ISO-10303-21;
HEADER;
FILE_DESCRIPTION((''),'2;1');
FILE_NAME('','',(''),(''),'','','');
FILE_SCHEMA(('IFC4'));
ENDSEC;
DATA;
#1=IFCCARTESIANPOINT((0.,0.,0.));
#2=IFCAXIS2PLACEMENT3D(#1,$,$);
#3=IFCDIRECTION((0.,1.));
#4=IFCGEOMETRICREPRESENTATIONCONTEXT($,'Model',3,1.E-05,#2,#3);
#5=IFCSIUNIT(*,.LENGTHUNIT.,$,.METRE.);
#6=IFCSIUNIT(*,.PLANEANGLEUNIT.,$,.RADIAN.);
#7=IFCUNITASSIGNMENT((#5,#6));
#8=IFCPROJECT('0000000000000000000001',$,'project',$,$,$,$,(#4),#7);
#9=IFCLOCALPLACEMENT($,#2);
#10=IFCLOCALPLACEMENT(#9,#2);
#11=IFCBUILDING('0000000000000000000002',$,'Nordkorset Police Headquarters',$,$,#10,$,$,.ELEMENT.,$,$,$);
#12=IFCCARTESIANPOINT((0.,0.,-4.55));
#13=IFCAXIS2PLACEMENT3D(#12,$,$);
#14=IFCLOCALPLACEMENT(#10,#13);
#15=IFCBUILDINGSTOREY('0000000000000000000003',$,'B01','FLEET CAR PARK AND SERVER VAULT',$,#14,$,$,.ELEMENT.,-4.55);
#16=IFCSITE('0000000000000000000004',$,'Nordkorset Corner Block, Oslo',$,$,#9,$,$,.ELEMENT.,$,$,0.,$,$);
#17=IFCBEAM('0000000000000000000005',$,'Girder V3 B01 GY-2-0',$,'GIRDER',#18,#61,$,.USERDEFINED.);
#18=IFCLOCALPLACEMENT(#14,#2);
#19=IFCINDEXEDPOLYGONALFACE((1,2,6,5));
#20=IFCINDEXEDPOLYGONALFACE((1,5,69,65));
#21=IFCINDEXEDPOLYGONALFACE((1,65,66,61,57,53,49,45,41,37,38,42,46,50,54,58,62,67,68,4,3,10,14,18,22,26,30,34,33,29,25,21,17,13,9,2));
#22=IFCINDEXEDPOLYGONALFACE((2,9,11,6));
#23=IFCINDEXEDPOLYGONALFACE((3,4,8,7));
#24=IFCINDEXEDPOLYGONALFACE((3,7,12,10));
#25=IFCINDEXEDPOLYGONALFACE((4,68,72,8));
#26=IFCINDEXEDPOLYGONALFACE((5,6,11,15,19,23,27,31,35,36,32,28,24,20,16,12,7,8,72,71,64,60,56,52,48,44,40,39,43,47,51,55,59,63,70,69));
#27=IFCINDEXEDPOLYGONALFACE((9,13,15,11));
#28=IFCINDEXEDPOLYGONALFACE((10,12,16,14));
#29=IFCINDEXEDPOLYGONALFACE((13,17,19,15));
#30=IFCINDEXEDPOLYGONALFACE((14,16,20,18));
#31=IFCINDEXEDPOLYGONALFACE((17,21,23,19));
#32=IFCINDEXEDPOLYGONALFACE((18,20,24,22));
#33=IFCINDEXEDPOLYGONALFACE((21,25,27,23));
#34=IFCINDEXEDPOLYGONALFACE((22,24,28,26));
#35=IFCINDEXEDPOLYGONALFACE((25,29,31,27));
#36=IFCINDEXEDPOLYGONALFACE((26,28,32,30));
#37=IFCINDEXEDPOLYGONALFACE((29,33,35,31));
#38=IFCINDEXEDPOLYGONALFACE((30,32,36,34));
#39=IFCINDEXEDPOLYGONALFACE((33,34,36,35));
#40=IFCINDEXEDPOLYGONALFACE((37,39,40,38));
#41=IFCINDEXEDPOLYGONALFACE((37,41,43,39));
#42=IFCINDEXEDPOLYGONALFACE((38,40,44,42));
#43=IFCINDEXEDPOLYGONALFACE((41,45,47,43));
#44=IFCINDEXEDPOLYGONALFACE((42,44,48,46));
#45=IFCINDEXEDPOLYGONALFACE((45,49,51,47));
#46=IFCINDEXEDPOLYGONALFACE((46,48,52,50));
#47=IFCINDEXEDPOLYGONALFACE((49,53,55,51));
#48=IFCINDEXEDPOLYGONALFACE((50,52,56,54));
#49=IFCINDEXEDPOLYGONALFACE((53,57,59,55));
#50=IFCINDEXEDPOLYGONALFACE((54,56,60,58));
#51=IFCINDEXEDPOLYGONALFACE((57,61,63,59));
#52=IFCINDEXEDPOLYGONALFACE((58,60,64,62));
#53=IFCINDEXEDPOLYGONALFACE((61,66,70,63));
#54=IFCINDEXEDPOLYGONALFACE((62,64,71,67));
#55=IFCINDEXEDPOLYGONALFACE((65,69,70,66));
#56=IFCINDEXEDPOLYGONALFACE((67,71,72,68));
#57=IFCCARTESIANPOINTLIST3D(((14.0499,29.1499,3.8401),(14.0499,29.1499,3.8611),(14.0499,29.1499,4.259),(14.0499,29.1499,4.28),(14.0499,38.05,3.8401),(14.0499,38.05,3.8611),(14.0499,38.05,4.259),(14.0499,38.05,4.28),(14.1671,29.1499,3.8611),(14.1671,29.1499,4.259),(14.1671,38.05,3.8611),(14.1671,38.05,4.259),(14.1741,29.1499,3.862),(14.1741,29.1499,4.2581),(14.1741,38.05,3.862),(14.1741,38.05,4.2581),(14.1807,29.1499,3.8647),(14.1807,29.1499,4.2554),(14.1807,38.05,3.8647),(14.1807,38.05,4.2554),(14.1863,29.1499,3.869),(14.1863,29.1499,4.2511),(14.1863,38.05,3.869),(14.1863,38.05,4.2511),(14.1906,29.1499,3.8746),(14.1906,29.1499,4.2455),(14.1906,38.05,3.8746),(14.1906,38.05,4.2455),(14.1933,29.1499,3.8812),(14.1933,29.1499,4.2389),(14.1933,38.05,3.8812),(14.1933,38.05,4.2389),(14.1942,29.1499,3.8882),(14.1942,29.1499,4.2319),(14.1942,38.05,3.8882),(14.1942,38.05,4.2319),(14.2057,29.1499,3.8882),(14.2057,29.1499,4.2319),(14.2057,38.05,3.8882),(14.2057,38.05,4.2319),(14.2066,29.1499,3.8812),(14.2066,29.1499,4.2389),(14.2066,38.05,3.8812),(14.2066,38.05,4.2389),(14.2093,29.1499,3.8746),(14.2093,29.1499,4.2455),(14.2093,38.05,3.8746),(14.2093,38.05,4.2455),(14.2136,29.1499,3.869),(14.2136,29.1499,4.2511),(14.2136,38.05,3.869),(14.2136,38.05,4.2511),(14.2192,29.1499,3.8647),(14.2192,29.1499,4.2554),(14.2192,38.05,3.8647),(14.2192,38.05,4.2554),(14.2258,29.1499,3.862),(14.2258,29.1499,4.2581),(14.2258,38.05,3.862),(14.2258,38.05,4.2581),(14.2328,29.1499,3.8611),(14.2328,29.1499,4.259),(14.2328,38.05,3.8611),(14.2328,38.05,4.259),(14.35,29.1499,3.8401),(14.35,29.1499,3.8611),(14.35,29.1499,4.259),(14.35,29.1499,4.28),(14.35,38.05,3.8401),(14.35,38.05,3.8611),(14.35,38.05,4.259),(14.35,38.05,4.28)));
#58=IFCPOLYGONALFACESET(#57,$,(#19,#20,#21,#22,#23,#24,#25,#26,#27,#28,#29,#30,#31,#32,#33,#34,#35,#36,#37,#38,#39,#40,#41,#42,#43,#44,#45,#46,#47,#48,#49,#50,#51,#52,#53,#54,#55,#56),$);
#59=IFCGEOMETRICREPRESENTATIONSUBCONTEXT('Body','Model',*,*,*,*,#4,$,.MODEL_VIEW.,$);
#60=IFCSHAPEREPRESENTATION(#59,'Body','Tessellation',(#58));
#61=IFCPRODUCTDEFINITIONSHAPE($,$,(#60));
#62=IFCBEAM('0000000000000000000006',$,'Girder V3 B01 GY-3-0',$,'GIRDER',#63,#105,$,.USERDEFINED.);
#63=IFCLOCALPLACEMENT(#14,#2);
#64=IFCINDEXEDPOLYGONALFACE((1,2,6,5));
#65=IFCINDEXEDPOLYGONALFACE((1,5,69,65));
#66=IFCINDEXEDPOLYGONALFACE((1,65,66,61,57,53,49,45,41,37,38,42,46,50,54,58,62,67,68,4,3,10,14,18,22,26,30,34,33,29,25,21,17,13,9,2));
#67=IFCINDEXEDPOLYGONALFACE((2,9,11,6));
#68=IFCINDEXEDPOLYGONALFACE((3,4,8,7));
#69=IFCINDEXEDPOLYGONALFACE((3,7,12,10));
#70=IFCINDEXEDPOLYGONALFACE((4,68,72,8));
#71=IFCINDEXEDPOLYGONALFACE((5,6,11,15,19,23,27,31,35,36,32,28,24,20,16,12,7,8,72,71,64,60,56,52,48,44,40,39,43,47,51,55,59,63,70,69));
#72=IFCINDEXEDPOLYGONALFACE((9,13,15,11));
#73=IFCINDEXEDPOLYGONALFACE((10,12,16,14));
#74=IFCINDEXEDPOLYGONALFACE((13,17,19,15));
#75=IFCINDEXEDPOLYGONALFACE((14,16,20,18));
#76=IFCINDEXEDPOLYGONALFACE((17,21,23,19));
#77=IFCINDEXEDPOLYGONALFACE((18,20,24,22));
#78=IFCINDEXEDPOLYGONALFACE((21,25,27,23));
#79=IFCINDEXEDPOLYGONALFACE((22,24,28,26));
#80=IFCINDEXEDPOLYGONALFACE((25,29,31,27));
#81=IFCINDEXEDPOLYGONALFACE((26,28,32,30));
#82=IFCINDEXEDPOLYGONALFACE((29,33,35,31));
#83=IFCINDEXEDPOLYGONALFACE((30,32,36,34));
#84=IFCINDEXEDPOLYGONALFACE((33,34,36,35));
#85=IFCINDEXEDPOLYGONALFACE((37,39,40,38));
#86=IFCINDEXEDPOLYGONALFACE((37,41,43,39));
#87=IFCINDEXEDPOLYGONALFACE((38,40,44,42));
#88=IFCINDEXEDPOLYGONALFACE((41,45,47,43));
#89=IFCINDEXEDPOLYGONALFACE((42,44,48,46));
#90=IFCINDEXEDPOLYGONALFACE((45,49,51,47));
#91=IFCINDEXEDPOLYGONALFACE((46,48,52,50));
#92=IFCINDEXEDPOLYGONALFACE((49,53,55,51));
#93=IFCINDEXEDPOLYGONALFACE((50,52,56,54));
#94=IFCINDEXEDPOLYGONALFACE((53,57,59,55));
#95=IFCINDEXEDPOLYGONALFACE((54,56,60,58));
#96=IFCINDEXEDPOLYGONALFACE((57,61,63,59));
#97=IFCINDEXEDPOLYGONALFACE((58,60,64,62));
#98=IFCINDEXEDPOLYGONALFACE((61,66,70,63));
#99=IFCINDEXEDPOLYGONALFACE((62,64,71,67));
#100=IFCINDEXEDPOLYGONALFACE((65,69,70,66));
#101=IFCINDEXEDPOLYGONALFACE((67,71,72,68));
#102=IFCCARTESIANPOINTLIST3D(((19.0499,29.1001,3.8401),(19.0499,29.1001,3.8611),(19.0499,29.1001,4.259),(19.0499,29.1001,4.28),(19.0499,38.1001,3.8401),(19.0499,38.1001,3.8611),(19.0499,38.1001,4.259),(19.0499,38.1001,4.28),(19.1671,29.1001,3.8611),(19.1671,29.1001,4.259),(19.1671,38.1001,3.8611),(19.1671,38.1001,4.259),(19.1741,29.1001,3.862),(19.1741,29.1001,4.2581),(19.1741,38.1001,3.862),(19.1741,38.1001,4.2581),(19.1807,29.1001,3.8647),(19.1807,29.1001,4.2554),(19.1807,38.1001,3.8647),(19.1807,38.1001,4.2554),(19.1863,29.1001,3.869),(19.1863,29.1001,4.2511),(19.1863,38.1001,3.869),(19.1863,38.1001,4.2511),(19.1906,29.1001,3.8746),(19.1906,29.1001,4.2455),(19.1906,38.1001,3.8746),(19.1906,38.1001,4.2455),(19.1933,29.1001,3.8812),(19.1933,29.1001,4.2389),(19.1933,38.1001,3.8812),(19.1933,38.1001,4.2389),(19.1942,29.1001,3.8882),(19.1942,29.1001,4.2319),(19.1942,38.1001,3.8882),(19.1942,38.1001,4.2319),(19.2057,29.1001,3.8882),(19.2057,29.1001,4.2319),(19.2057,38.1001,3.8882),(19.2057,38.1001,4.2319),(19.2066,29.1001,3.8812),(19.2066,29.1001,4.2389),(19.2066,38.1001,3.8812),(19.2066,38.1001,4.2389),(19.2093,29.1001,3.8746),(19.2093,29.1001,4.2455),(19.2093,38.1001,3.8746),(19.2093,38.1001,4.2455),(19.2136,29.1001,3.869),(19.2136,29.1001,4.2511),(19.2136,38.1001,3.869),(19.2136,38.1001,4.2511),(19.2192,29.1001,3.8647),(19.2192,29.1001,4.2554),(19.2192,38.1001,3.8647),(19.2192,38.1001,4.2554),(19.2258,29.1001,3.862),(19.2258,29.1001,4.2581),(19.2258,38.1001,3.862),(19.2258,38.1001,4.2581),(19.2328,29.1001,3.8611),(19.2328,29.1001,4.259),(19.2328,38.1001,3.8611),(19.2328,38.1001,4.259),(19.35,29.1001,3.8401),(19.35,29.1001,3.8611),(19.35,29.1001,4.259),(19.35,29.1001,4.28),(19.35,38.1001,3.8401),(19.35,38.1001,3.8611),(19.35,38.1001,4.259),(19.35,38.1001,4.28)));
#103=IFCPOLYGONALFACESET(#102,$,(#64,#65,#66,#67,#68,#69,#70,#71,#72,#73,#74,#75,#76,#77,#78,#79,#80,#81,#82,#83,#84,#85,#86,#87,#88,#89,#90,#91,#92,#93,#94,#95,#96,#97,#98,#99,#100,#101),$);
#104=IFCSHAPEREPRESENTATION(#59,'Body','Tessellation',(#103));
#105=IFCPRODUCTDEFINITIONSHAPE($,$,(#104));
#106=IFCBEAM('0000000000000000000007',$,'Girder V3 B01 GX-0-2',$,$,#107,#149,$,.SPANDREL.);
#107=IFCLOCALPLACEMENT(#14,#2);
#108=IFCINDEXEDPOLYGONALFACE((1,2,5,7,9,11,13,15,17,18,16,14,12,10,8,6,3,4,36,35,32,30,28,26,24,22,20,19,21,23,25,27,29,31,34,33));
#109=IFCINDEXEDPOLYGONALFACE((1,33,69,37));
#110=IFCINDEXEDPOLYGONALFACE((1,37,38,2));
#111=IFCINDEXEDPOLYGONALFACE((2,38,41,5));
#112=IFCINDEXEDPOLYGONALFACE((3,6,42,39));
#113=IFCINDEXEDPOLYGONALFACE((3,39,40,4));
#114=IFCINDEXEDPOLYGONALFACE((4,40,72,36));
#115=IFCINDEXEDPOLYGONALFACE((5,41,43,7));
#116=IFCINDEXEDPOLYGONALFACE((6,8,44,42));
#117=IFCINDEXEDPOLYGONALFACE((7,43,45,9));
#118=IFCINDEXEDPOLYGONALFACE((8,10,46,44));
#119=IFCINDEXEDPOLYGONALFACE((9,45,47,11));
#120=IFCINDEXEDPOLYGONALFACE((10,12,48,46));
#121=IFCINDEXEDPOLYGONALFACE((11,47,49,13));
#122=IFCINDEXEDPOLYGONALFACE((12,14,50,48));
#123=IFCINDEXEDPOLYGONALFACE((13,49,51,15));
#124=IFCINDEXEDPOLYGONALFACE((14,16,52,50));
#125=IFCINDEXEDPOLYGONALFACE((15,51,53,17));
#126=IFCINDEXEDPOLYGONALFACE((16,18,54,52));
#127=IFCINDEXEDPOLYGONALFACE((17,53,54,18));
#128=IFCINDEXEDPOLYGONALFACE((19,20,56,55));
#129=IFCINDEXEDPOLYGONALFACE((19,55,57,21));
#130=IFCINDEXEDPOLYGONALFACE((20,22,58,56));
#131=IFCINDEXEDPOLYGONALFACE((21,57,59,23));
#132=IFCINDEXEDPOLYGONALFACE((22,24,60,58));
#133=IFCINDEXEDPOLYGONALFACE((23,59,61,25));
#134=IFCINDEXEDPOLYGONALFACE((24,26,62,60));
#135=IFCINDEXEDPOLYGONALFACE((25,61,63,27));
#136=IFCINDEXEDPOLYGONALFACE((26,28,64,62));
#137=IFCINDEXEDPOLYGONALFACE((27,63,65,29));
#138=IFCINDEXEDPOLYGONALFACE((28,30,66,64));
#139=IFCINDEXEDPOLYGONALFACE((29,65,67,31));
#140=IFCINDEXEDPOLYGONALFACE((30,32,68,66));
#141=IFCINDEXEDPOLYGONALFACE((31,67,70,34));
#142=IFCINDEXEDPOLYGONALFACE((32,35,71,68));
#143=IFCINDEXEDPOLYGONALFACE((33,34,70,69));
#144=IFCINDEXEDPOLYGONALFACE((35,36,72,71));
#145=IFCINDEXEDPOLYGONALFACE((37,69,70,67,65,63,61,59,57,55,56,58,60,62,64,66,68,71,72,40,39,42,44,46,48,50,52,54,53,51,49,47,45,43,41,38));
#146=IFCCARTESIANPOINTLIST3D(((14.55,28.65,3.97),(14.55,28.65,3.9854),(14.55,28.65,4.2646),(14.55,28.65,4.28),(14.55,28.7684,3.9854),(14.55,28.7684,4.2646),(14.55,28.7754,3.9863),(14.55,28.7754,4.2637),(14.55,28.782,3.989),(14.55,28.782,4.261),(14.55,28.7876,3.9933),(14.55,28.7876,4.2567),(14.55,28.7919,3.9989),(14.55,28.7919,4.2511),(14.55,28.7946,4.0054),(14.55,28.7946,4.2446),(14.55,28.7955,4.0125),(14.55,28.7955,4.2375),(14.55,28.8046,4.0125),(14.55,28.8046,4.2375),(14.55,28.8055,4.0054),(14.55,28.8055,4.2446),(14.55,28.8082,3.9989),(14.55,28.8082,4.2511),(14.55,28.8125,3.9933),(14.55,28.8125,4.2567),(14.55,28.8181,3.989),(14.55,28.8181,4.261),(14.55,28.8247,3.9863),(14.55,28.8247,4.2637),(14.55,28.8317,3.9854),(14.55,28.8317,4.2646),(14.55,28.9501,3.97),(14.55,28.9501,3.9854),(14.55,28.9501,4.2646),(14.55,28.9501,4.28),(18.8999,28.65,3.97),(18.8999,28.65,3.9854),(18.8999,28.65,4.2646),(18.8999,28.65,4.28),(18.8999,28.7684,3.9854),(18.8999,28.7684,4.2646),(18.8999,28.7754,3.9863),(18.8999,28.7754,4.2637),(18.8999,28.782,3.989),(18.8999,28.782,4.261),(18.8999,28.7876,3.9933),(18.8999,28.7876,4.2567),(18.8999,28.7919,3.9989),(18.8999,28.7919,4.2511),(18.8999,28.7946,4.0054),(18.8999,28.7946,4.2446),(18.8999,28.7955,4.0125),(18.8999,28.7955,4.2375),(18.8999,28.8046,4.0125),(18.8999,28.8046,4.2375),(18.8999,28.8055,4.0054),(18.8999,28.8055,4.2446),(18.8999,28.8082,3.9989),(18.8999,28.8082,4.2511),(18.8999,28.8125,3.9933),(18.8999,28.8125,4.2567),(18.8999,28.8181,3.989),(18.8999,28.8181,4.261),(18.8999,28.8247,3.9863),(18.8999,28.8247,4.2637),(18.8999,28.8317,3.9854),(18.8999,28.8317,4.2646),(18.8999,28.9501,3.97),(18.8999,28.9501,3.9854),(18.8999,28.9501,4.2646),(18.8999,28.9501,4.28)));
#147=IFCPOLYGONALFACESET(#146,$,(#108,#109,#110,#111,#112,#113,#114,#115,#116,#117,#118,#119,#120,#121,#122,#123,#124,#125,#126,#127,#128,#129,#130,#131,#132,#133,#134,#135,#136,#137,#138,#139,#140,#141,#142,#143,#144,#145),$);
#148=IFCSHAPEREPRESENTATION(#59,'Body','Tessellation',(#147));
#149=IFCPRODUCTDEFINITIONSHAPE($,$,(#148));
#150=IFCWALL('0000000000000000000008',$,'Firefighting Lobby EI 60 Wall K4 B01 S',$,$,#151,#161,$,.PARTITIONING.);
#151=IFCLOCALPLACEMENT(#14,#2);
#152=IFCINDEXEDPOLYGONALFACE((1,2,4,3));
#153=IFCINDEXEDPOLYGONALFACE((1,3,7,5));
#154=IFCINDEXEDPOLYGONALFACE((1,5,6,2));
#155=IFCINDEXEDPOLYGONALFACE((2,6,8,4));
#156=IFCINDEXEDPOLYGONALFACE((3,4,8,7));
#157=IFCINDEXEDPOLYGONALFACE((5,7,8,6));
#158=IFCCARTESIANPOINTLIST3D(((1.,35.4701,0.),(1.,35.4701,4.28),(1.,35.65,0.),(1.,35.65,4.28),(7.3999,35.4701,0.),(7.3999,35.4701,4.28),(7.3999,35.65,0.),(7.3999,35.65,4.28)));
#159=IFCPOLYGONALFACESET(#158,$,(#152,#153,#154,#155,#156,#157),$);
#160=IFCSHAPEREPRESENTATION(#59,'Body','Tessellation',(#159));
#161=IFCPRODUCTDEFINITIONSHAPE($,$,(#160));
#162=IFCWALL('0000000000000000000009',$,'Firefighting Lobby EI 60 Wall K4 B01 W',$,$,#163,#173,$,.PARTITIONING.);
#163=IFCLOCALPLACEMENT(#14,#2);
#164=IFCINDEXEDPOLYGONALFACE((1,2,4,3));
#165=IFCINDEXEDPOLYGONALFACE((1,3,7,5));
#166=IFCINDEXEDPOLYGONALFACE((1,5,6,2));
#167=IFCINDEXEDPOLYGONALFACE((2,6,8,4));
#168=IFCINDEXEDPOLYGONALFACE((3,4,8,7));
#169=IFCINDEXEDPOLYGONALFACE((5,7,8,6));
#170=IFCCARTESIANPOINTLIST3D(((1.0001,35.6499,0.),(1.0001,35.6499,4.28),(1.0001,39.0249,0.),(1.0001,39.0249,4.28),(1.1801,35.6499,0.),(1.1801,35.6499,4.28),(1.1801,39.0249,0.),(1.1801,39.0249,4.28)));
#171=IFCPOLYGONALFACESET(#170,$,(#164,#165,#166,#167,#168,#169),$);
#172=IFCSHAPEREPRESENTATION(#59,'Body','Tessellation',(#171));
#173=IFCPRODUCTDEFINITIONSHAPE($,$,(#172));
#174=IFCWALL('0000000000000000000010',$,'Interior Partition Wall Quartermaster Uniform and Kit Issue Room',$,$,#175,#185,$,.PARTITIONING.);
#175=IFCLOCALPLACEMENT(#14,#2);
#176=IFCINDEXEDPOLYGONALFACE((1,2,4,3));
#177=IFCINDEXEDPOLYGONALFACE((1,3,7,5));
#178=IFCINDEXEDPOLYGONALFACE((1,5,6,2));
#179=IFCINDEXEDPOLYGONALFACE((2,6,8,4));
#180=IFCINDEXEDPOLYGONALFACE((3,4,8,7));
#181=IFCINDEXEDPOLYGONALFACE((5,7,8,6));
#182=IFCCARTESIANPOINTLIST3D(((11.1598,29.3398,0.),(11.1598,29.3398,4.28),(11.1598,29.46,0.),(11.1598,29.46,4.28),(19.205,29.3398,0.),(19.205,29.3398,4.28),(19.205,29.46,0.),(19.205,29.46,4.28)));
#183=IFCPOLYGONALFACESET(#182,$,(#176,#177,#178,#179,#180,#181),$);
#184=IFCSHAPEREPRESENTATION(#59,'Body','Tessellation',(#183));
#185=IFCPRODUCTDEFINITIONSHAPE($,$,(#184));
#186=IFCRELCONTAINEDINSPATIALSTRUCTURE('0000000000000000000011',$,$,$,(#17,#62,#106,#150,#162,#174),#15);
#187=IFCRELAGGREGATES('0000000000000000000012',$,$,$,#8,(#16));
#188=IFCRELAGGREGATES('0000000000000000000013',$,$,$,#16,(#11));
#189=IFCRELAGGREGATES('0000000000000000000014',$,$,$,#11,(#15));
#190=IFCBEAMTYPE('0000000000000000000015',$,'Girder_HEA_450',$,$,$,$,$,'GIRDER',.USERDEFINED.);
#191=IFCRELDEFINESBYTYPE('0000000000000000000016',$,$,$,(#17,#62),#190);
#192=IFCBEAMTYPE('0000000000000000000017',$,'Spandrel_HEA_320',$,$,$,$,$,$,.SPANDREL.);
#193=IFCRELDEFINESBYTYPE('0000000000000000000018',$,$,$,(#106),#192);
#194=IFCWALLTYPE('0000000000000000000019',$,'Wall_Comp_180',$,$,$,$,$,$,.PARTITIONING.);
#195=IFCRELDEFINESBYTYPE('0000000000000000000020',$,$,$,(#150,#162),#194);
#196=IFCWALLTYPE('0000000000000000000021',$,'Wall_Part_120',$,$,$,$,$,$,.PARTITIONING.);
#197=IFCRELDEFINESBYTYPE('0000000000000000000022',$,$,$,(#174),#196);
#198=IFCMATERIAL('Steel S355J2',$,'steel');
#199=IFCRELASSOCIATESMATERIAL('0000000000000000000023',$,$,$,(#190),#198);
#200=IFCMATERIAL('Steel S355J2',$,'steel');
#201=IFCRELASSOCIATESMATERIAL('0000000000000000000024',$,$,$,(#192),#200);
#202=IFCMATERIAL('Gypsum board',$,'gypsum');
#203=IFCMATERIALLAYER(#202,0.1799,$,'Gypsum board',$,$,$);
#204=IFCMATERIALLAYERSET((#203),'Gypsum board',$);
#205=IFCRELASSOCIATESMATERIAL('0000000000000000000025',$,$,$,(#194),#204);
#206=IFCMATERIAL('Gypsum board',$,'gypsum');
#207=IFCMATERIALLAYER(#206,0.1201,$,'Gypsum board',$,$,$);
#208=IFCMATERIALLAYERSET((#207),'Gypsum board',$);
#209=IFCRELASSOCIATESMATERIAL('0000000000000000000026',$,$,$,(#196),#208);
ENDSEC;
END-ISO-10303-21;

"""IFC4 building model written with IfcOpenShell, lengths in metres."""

from ifc_helpers import new_model, si_unit, direction, frame, frame_2d, origin, origin_2d, place, context, subcontext, project, spatial, rectangle, i_section, extrude, material, layer, layer_set, material_profile, profile_set, type_object, element, save


model = new_model("IFC4")

# Units and contexts
model_context = context("Model", 3, precision=1e-05, world=origin(), true_north=direction((0.0, 1.0)))
body_context = subcontext(model_context, "Body", "Model", "MODEL_VIEW")
ifc_project = project(units=[si_unit("LENGTHUNIT", "METRE"), si_unit("PLANEANGLEUNIT", "RADIAN")], contexts=[model_context])

# Site, building, storey
site_placement = place(None, origin())
site = spatial("IfcSite", under=ifc_project, at=site_placement, Name="Nordkorset Corner Block, Oslo", CompositionType="ELEMENT", RefElevation=0.0)
building_placement = place(site_placement, origin())
building = spatial("IfcBuilding", under=site, at=building_placement, Name="Nordkorset Police Headquarters", CompositionType="ELEMENT")
storey_placement = place(building_placement, frame((0.0, 0.0, -4.55)))
storey = spatial("IfcBuildingStorey", under=building, at=storey_placement, Name="B01", Description="FLEET CAR PARK AND SERVER VAULT", CompositionType="ELEMENT", Elevation=-4.55)

# Beams
ifc_material_1 = material(Name="Steel S355J2", Category="steel")
ifc_material_profile_1 = material_profile(ifc_material_1, i_section(OverallWidth=0.3, OverallDepth=0.4399, WebThickness=0.0115, FlangeThickness=0.021, FilletRadius=0.0271, at=origin_2d()), Name="HEA 450")
ifc_profile_set_1 = profile_set([ifc_material_profile_1], Name="Steel S355J2")
beam_type_1 = type_object("IfcBeamType", Name="Girder_HEA_450", ElementType="GIRDER", PredefinedType="USERDEFINED", material=ifc_profile_set_1)
for number, where, z_axis, x_axis, name in (
    (1, (14.2, 29.1499, 4.0601), (0.0, 1.0, 0.0), (-1.0, 0.0, 0.0), "Girder V3 B01 GY-2-0"),
):
    element("IfcBeam", number, at=place(storey_placement, frame(where, z_axis=z_axis, x_axis=x_axis)), inside=storey, type_object=beam_type_1, Name=name, ObjectType="GIRDER", PredefinedType="USERDEFINED", context=body_context, shape_type="SweptSolid", body=[
        extrude(i_section(OverallWidth=0.3, OverallDepth=0.4399, WebThickness=0.0115, FlangeThickness=0.021, FilletRadius=0.0271, at=origin_2d()), origin(), (0.0, 0.0, 1.0), 8.9001),
    ])
beam_1_placement = place(storey_placement, frame((19.2, 29.1001, 4.0601), z_axis=(0.0, 1.0, 0.0), x_axis=(-1.0, 0.0, 0.0)))
element("IfcBeam", 2, at=beam_1_placement, inside=storey, type_object=beam_type_1, Name="Girder V3 B01 GY-3-0", ObjectType="GIRDER", PredefinedType="USERDEFINED", context=body_context, shape_type="SweptSolid", body=[
    extrude(i_section(OverallWidth=0.3, OverallDepth=0.4399, WebThickness=0.0115, FlangeThickness=0.021, FilletRadius=0.0271, at=origin_2d()), origin(), (0.0, 0.0, 1.0), 9.0),
])
ifc_material_2 = material(Name="Steel S355J2", Category="steel")
ifc_material_profile_2 = material_profile(ifc_material_2, i_section(OverallWidth=0.3, OverallDepth=0.3101, WebThickness=0.009, FlangeThickness=0.0154, FilletRadius=0.0271, at=origin_2d()), Name="HEA 320")
ifc_profile_set_2 = profile_set([ifc_material_profile_2], Name="Steel S355J2")
beam_type_2 = type_object("IfcBeamType", Name="Spandrel_HEA_320", PredefinedType="SPANDREL", material=ifc_profile_set_2)
beam_2_placement = place(storey_placement, frame((14.55, 28.8, 4.125), z_axis=(1.0, 0.0, 0.0), x_axis=(0.0, 1.0, 0.0)))
element("IfcBeam", 3, at=beam_2_placement, inside=storey, type_object=beam_type_2, Name="Girder V3 B01 GX-0-2", PredefinedType="SPANDREL", context=body_context, shape_type="SweptSolid", body=[
    extrude(i_section(OverallWidth=0.3, OverallDepth=0.3101, WebThickness=0.009, FlangeThickness=0.0154, FilletRadius=0.0271, at=origin_2d()), origin(), (0.0, 0.0, 1.0), 4.3499),
])

# Walls
ifc_material_3 = material(Name="Gypsum board", Category="gypsum")
ifc_layer_1 = layer(ifc_material_3, 0.1799, Name="Gypsum board")
ifc_layer_set_1 = layer_set([ifc_layer_1], Name="Gypsum board")
wall_type_1 = type_object("IfcWallType", Name="Wall_Comp_180", PredefinedType="PARTITIONING", material=ifc_layer_set_1)
wall_1_placement = place(storey_placement, frame((1.0, 35.5601, 0.0), z_axis=(0.0, 0.0, 1.0), x_axis=(1.0, 0.0, 0.0)))
element("IfcWall", 4, at=wall_1_placement, inside=storey, type_object=wall_type_1, Name="Firefighting Lobby EI 60 Wall K4 B01 S", PredefinedType="PARTITIONING", context=body_context, shape_type="SweptSolid", body=[
    extrude(rectangle(XDim=6.3999, YDim=0.1799, at=frame_2d((3.2, 0.0))), origin(), (0.0, 0.0, 1.0), 4.28),
])
wall_2_placement = place(storey_placement, frame((1.0901, 35.6499, 0.0), z_axis=(0.0, 0.0, 1.0), x_axis=(0.0, 1.0, 0.0)))
element("IfcWall", 5, at=wall_2_placement, inside=storey, type_object=wall_type_1, Name="Firefighting Lobby EI 60 Wall K4 B01 W", PredefinedType="PARTITIONING", context=body_context, shape_type="SweptSolid", body=[
    extrude(rectangle(XDim=3.375, YDim=0.1799, at=frame_2d((1.6875, 0.0))), origin(), (0.0, 0.0, 1.0), 4.28),
])

# Wall
ifc_material_4 = material(Name="Gypsum board", Category="gypsum")
ifc_layer_2 = layer(ifc_material_4, 0.1201, Name="Gypsum board")
ifc_layer_set_2 = layer_set([ifc_layer_2], Name="Gypsum board")
wall_type_2 = type_object("IfcWallType", Name="Wall_Part_120", PredefinedType="PARTITIONING", material=ifc_layer_set_2)
wall_3_placement = place(storey_placement, frame((11.1599, 29.3999, 0.0), z_axis=(0.0, 0.0, 1.0), x_axis=(1.0, 0.0, 0.0)))
element("IfcWall", 6, at=wall_3_placement, inside=storey, type_object=wall_type_2, Name="Interior Partition Wall Quartermaster Uniform and Kit Issue Room", PredefinedType="PARTITIONING", context=body_context, shape_type="SweptSolid", body=[
    extrude(rectangle(XDim=8.0452, YDim=0.1201, at=frame_2d((4.0225, 0.0))), origin(), (0.0, 0.0, 1.0), 4.28),
])

save(model, "model.ifc")
